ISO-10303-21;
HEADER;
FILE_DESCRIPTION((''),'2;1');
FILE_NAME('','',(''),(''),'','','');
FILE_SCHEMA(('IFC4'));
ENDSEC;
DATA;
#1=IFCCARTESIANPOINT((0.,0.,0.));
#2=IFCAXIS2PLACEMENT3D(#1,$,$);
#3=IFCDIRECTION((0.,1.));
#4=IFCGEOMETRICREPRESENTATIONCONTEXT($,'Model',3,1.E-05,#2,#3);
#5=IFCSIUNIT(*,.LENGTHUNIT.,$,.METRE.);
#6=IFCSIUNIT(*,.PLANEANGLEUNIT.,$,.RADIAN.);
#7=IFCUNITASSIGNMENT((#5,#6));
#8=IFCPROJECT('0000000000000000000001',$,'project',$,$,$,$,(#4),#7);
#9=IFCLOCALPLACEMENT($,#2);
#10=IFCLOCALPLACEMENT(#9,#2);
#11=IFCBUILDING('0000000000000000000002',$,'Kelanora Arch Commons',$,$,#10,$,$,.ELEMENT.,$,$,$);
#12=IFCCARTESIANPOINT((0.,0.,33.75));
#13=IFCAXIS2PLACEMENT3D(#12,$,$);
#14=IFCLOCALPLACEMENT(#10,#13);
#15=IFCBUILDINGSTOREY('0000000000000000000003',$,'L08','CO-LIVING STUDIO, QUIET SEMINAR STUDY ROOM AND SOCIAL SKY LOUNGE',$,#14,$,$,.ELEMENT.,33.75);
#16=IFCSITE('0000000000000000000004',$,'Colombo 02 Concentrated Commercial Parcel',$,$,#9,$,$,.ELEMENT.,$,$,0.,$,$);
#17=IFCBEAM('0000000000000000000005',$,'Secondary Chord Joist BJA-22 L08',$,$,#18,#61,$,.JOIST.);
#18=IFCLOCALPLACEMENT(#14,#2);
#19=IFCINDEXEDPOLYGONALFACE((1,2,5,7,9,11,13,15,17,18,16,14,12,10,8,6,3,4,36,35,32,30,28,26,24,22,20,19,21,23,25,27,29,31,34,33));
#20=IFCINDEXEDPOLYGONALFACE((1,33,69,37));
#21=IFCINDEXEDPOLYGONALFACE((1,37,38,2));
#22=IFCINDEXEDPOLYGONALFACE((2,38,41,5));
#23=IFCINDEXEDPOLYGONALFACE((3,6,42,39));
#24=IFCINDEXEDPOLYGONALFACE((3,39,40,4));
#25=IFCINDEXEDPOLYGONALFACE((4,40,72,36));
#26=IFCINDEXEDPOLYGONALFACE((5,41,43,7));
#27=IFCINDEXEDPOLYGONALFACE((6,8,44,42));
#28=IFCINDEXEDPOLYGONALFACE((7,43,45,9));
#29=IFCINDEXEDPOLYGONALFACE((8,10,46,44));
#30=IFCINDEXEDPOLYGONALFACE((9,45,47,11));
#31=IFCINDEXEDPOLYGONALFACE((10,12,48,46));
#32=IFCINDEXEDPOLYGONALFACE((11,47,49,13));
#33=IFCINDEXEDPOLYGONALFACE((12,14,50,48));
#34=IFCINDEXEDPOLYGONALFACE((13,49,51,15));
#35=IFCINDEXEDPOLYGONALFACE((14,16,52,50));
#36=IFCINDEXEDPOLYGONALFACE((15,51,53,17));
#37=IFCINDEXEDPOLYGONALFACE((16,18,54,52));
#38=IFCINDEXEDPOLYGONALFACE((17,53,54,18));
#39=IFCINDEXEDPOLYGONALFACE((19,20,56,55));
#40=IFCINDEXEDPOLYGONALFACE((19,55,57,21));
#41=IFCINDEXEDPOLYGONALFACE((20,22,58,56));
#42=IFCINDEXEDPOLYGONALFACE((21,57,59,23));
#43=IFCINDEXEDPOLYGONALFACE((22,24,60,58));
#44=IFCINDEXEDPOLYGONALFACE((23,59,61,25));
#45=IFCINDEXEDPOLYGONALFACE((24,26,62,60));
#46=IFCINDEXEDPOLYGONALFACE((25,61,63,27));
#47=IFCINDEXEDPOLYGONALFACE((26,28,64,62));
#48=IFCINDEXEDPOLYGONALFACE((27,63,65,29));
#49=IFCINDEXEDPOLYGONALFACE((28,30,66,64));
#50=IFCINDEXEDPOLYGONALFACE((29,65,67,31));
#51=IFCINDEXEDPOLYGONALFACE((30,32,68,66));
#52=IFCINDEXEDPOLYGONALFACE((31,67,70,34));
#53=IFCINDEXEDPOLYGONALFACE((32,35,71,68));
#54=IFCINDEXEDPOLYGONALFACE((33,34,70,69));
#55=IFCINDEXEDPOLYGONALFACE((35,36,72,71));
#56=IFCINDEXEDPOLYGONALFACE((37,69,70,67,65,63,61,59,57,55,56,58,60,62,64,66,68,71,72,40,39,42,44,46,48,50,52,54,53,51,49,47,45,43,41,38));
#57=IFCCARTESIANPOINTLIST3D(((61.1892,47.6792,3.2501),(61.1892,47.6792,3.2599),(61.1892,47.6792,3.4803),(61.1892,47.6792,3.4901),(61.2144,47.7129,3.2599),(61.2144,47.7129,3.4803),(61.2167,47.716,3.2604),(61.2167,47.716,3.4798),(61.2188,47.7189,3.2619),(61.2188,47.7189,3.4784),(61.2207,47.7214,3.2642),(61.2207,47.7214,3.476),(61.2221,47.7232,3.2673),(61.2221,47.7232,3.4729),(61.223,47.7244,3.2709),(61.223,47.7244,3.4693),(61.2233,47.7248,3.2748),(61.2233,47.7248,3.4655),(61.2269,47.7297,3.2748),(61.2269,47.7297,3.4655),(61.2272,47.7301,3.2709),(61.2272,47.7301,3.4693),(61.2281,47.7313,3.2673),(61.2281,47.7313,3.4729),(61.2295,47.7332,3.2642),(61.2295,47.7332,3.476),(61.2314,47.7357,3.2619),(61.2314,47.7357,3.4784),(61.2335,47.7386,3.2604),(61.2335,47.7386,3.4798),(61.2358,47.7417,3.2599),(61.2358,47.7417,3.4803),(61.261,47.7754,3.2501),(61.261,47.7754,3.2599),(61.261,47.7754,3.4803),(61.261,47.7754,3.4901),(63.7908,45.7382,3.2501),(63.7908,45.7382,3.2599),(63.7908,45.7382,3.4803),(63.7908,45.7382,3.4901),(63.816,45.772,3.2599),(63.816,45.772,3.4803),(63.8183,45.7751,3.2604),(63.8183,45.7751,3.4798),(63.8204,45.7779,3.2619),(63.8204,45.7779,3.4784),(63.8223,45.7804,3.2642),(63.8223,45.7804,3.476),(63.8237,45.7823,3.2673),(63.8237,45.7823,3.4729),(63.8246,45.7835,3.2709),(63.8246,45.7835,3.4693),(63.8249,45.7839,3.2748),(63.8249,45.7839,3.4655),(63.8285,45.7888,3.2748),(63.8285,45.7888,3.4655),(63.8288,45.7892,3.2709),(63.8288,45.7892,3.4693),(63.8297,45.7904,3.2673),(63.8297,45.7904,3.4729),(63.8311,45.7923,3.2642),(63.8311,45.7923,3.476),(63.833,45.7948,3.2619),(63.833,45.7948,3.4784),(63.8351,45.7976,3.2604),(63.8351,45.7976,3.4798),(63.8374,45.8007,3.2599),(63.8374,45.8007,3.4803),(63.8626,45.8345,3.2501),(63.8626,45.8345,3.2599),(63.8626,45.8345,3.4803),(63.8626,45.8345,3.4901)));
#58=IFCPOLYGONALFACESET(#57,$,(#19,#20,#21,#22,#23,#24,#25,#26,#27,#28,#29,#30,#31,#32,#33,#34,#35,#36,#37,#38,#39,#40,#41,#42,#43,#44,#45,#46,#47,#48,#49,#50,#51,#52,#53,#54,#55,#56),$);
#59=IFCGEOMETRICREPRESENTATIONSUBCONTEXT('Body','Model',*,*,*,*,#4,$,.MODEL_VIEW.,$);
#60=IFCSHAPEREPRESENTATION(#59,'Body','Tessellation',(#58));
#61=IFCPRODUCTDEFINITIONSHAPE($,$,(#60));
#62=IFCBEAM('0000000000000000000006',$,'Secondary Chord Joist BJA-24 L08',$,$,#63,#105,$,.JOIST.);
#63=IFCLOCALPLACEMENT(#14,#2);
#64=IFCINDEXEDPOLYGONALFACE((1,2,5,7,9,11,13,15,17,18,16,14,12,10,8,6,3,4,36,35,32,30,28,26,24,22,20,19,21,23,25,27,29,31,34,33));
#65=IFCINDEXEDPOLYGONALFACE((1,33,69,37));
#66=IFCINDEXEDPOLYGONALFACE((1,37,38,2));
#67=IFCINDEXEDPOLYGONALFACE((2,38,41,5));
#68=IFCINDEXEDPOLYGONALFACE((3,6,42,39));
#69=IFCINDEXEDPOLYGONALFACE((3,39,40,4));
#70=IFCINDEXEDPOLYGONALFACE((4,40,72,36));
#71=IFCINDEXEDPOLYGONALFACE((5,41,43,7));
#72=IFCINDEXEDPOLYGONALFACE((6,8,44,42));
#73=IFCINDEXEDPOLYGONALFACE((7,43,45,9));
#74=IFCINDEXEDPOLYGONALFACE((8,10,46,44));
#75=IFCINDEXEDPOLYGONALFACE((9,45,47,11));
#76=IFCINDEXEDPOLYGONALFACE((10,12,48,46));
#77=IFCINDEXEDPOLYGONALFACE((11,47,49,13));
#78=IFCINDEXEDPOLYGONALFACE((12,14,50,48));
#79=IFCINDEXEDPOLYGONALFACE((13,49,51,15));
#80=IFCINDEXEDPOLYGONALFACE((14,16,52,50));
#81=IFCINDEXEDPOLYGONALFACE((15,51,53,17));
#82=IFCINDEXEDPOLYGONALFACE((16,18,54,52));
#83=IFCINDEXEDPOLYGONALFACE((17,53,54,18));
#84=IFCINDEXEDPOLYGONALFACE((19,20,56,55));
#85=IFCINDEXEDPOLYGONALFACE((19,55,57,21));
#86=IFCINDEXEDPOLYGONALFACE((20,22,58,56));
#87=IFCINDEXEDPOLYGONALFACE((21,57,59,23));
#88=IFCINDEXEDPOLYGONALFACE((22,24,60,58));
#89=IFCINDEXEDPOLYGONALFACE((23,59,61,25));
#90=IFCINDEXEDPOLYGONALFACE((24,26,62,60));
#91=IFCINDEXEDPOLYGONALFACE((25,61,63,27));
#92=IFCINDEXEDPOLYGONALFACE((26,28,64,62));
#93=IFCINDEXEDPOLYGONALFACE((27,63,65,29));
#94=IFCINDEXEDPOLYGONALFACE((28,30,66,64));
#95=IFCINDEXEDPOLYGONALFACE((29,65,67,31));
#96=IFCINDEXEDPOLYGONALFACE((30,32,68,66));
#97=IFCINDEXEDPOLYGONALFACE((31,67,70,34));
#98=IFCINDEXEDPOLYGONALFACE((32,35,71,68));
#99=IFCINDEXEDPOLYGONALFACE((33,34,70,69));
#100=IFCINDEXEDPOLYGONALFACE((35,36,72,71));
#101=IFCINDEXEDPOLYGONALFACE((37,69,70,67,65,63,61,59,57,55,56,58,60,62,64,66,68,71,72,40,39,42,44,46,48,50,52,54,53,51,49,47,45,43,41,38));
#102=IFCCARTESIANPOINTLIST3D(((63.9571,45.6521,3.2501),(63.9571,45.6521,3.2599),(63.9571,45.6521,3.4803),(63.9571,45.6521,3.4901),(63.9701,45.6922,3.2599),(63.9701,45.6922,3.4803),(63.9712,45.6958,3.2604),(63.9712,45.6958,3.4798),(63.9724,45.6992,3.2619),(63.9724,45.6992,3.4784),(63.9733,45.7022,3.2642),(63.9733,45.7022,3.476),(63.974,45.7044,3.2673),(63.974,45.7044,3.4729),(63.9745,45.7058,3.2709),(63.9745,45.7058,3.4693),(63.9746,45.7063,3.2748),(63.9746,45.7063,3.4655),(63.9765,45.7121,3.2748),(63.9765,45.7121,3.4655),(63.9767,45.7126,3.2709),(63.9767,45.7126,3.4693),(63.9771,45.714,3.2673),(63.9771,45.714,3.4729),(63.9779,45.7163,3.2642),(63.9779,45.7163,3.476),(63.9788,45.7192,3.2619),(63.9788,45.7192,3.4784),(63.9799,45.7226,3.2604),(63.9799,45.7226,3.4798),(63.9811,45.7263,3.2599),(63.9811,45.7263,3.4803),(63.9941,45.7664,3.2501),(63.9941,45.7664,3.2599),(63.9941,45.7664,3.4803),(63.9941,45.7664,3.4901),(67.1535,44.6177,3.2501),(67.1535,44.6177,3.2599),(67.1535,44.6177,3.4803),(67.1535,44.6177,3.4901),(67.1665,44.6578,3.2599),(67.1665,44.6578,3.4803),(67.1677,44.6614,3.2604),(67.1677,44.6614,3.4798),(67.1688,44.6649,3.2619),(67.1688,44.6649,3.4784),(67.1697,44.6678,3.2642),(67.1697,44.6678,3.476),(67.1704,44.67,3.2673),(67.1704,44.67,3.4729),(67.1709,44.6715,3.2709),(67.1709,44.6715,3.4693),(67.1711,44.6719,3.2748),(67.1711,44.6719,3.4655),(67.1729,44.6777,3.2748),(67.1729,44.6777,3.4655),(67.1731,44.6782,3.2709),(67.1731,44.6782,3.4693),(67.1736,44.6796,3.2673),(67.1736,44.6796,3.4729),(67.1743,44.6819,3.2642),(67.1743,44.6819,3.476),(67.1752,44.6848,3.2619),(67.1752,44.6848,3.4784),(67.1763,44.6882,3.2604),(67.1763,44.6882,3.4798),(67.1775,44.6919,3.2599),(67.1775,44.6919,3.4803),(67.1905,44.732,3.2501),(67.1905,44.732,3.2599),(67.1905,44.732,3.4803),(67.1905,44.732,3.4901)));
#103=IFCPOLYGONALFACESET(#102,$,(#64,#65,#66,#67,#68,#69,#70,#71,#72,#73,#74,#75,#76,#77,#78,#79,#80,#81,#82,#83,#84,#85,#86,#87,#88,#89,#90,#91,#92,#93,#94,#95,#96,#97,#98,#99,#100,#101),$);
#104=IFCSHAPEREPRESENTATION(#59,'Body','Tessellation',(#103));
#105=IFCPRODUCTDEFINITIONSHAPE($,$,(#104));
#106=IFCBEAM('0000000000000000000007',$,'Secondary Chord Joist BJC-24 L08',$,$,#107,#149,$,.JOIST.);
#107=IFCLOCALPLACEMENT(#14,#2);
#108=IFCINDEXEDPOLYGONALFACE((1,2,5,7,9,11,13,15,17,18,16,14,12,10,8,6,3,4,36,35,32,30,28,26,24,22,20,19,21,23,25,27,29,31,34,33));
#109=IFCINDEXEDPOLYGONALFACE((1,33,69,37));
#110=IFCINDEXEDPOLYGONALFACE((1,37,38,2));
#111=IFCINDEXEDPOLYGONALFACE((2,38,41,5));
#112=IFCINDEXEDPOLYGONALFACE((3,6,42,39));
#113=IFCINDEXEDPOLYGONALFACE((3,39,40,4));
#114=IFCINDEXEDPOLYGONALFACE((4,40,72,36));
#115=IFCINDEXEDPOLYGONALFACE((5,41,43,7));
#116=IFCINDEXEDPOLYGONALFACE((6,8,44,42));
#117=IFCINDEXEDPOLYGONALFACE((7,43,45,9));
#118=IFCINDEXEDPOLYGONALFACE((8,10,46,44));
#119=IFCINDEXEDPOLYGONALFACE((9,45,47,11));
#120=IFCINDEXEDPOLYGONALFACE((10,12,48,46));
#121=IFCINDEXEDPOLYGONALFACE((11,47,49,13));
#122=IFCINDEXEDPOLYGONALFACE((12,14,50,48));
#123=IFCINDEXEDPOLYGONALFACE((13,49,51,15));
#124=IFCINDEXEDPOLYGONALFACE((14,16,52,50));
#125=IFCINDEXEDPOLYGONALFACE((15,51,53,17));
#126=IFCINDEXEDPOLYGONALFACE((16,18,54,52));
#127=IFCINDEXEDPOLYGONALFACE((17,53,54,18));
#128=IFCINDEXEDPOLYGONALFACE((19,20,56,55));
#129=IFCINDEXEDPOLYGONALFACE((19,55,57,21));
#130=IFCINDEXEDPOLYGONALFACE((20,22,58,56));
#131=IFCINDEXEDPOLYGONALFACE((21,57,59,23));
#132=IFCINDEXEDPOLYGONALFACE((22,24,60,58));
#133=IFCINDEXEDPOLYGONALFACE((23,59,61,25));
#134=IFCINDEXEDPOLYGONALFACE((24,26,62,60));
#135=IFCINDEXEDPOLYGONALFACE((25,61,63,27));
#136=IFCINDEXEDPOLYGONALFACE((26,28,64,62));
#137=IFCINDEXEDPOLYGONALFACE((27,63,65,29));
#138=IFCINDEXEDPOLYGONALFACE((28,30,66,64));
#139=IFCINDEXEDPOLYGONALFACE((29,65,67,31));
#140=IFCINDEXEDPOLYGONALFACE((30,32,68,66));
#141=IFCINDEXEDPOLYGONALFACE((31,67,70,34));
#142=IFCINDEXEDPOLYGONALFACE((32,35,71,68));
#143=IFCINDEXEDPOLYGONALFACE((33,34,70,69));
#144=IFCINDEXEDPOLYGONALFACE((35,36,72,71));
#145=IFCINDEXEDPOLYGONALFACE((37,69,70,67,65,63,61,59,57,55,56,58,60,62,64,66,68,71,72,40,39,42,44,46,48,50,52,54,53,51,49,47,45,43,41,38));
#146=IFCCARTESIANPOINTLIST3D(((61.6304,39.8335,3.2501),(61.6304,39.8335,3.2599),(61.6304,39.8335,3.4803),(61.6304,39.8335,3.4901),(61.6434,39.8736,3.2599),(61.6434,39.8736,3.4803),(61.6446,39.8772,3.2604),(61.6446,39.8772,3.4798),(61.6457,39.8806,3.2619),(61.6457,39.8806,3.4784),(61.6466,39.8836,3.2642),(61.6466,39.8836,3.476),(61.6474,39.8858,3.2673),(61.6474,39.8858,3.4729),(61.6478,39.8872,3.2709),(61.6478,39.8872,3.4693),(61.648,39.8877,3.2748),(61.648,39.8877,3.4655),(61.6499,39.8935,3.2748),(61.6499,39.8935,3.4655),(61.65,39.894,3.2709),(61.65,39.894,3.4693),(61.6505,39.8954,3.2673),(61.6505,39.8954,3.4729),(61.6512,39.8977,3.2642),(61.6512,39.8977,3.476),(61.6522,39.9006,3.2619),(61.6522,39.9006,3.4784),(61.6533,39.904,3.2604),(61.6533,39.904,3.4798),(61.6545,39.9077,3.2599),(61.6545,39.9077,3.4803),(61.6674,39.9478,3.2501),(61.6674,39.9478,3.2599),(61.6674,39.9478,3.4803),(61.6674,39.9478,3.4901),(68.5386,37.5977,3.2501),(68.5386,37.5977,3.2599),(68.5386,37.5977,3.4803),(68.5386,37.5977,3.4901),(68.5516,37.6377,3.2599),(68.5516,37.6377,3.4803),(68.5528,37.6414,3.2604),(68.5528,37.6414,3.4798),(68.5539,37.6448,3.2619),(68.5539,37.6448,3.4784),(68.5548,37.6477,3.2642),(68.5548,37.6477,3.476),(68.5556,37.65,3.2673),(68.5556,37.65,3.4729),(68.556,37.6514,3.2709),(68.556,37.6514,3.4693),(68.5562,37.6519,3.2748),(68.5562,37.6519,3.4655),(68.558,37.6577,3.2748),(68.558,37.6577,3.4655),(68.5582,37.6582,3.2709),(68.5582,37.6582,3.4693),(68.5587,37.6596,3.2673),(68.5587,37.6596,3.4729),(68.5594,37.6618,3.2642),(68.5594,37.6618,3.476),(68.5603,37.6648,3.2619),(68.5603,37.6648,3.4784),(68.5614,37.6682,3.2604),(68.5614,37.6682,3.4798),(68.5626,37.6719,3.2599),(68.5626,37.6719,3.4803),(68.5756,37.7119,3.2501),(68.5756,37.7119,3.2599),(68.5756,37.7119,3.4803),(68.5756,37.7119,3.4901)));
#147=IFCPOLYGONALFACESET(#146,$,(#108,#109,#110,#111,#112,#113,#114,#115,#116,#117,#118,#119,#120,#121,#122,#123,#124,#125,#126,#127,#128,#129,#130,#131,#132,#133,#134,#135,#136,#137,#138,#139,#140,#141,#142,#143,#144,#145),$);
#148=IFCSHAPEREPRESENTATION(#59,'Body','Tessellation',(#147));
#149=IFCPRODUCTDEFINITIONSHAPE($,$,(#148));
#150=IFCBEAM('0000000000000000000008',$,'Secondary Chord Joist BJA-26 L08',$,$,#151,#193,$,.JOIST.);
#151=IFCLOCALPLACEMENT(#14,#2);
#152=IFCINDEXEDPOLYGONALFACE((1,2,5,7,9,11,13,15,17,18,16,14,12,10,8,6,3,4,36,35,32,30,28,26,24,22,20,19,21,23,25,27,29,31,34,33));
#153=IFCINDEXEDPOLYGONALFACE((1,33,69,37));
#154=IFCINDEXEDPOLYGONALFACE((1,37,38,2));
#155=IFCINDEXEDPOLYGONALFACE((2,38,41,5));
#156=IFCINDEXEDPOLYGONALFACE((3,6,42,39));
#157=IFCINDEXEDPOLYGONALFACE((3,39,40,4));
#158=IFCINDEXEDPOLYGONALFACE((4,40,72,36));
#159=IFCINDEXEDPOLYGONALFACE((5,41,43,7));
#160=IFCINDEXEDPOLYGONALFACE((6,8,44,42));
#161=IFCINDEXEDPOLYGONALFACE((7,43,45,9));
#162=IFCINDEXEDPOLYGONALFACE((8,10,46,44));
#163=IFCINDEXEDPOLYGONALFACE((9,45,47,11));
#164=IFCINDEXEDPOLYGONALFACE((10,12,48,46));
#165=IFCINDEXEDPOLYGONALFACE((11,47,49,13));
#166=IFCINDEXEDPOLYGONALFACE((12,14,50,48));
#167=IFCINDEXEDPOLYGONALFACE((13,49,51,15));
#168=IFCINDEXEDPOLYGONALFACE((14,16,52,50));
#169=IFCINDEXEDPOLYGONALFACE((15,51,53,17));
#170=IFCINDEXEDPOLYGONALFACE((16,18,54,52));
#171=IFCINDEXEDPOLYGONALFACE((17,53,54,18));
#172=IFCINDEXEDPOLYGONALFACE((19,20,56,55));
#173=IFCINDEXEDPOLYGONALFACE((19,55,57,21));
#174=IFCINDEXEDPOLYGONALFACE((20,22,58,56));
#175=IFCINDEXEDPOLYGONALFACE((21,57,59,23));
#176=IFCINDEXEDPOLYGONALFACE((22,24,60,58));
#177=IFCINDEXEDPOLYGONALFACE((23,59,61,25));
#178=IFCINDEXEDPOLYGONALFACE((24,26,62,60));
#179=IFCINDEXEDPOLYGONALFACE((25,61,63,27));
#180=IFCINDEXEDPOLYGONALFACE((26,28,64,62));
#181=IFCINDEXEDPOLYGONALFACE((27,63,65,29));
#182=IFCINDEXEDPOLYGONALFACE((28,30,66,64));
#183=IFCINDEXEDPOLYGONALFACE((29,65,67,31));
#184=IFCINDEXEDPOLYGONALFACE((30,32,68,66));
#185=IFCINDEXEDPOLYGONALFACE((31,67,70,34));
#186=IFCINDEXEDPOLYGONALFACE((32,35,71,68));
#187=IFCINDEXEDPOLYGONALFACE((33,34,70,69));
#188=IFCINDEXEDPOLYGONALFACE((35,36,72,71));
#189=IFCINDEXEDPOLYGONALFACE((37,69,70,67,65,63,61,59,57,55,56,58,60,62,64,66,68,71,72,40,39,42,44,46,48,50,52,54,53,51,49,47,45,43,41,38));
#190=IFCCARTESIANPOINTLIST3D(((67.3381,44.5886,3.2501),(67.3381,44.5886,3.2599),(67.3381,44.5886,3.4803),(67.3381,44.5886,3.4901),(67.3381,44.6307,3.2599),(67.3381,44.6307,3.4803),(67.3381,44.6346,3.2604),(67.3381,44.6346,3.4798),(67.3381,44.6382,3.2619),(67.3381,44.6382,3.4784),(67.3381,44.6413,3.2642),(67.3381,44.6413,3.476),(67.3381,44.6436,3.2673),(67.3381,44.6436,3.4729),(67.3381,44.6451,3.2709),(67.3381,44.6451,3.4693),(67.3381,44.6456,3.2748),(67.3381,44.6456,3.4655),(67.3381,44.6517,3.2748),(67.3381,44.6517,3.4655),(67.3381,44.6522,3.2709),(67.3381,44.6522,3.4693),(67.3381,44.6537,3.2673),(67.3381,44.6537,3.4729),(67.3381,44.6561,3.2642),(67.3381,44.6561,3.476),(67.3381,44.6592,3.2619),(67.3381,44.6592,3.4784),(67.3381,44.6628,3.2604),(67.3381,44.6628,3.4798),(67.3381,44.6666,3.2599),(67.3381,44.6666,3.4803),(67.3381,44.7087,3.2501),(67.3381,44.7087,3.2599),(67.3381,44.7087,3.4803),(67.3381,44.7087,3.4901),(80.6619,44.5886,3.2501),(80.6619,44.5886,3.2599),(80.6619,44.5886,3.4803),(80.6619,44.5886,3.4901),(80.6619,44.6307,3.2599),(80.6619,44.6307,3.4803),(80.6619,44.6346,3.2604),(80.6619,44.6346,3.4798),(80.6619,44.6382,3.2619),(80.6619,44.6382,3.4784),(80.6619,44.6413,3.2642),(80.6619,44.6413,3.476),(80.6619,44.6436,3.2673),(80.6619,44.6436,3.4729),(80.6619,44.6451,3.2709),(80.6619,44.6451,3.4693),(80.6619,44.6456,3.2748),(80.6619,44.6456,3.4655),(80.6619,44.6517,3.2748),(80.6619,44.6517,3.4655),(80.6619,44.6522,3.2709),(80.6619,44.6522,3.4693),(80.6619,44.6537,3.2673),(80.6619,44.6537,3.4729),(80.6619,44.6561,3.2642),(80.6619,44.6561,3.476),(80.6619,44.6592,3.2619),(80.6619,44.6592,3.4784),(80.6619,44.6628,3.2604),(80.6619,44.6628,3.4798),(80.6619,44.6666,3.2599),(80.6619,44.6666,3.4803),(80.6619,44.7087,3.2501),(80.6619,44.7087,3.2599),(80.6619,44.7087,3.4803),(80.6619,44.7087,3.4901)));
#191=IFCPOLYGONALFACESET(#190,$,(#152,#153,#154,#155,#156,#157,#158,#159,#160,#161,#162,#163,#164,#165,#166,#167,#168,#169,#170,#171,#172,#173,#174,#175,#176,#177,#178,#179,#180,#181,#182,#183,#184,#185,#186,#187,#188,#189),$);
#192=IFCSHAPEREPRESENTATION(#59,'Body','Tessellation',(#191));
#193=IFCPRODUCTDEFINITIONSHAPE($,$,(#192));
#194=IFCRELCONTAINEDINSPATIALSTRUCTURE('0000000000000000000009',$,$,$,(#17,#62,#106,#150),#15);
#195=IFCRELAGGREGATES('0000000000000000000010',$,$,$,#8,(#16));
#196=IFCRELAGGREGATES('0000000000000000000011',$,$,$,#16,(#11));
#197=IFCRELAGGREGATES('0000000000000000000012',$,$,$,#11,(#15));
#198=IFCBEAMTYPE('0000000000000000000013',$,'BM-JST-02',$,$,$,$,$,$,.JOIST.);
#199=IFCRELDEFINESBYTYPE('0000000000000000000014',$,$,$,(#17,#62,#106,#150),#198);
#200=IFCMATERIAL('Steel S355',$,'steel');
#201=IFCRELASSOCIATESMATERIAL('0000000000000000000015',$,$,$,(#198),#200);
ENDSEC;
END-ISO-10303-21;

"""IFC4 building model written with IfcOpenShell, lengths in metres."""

from ifc_helpers import new_model, si_unit, direction, frame, origin, origin_2d, place, context, subcontext, project, spatial, i_section, extrude, material, material_profile, profile_set, type_object, element, save


model = new_model("IFC4")

# Units and contexts
model_context = context("Model", 3, precision=1e-05, world=origin(), true_north=direction((0.0, 1.0)))
body_context = subcontext(model_context, "Body", "Model", "MODEL_VIEW")
ifc_project = project(units=[si_unit("LENGTHUNIT", "METRE"), si_unit("PLANEANGLEUNIT", "RADIAN")], contexts=[model_context])

# Site, building, storey
site_placement = place(None, origin())
site = spatial("IfcSite", under=ifc_project, at=site_placement, Name="Colombo 02 Concentrated Commercial Parcel", CompositionType="ELEMENT", RefElevation=0.0)
building_placement = place(site_placement, origin())
building = spatial("IfcBuilding", under=site, at=building_placement, Name="Kelanora Arch Commons", CompositionType="ELEMENT")
storey_placement = place(building_placement, frame((0.0, 0.0, 33.75)))
storey = spatial("IfcBuildingStorey", under=building, at=storey_placement, Name="L08", Description="CO-LIVING STUDIO, QUIET SEMINAR STUDY ROOM AND SOCIAL SKY LOUNGE", CompositionType="ELEMENT", Elevation=33.75)

# Beams
ifc_material_1 = material(Name="Steel S355", Category="steel")
ifc_material_profile_1 = material_profile(ifc_material_1, i_section(OverallWidth=0.1201, OverallDepth=0.24, WebThickness=0.0061, FlangeThickness=0.0098, FilletRadius=0.0149, at=origin_2d()), Name="IPE240")
ifc_profile_set_1 = profile_set([ifc_material_profile_1], Name="Steel S355")
beam_type_1 = type_object("IfcBeamType", Name="BM-JST-02", PredefinedType="JOIST", material=ifc_profile_set_1)
beam_1_placement = place(storey_placement, frame((61.2251, 47.7273, 3.3701), z_axis=(0.801514, -0.597976, 0.0), x_axis=(0.597976, 0.801514, 0.0)))
element("IfcBeam", 1, at=beam_1_placement, inside=storey, type_object=beam_type_1, Name="Secondary Chord Joist BJA-22 L08", PredefinedType="JOIST", context=body_context, shape_type="SweptSolid", body=[
    extrude(i_section(OverallWidth=0.1201, OverallDepth=0.24, WebThickness=0.0061, FlangeThickness=0.0098, FilletRadius=0.0149, at=origin_2d()), origin(), (0.0, 0.0, 1.0), 3.2458),
])
beam_2_placement = place(storey_placement, frame((63.9756, 45.7092, 3.3701), z_axis=(0.951423, -0.307888, 0.0), x_axis=(0.307888, 0.951423, 0.0)))
element("IfcBeam", 2, at=beam_2_placement, inside=storey, type_object=beam_type_1, Name="Secondary Chord Joist BJA-24 L08", PredefinedType="JOIST", context=body_context, shape_type="SweptSolid", body=[
    extrude(i_section(OverallWidth=0.1201, OverallDepth=0.24, WebThickness=0.0061, FlangeThickness=0.0098, FilletRadius=0.0149, at=origin_2d()), origin(), (0.0, 0.0, 1.0), 3.3596),
])
beam_3_placement = place(storey_placement, frame((61.6489, 39.8906, 3.3701), z_axis=(0.951411, -0.307924, 0.0), x_axis=(0.307924, 0.951411, 0.0)))
element("IfcBeam", 3, at=beam_3_placement, inside=storey, type_object=beam_type_1, Name="Secondary Chord Joist BJC-24 L08", PredefinedType="JOIST", context=body_context, shape_type="SweptSolid", body=[
    extrude(i_section(OverallWidth=0.1201, OverallDepth=0.24, WebThickness=0.0061, FlangeThickness=0.0098, FilletRadius=0.0149, at=origin_2d()), origin(), (0.0, 0.0, 1.0), 7.261),
])
beam_4_placement = place(storey_placement, frame((67.3381, 44.6487, 3.3701), z_axis=(1.0, 0.0, 0.0), x_axis=(0.0, 1.0, 0.0)))
element("IfcBeam", 4, at=beam_4_placement, inside=storey, type_object=beam_type_1, Name="Secondary Chord Joist BJA-26 L08", PredefinedType="JOIST", context=body_context, shape_type="SweptSolid", body=[
    extrude(i_section(OverallWidth=0.1201, OverallDepth=0.24, WebThickness=0.0061, FlangeThickness=0.0098, FilletRadius=0.0149, at=origin_2d()), origin(), (0.0, 0.0, 1.0), 13.3237),
])

save(model, "model.ifc")
